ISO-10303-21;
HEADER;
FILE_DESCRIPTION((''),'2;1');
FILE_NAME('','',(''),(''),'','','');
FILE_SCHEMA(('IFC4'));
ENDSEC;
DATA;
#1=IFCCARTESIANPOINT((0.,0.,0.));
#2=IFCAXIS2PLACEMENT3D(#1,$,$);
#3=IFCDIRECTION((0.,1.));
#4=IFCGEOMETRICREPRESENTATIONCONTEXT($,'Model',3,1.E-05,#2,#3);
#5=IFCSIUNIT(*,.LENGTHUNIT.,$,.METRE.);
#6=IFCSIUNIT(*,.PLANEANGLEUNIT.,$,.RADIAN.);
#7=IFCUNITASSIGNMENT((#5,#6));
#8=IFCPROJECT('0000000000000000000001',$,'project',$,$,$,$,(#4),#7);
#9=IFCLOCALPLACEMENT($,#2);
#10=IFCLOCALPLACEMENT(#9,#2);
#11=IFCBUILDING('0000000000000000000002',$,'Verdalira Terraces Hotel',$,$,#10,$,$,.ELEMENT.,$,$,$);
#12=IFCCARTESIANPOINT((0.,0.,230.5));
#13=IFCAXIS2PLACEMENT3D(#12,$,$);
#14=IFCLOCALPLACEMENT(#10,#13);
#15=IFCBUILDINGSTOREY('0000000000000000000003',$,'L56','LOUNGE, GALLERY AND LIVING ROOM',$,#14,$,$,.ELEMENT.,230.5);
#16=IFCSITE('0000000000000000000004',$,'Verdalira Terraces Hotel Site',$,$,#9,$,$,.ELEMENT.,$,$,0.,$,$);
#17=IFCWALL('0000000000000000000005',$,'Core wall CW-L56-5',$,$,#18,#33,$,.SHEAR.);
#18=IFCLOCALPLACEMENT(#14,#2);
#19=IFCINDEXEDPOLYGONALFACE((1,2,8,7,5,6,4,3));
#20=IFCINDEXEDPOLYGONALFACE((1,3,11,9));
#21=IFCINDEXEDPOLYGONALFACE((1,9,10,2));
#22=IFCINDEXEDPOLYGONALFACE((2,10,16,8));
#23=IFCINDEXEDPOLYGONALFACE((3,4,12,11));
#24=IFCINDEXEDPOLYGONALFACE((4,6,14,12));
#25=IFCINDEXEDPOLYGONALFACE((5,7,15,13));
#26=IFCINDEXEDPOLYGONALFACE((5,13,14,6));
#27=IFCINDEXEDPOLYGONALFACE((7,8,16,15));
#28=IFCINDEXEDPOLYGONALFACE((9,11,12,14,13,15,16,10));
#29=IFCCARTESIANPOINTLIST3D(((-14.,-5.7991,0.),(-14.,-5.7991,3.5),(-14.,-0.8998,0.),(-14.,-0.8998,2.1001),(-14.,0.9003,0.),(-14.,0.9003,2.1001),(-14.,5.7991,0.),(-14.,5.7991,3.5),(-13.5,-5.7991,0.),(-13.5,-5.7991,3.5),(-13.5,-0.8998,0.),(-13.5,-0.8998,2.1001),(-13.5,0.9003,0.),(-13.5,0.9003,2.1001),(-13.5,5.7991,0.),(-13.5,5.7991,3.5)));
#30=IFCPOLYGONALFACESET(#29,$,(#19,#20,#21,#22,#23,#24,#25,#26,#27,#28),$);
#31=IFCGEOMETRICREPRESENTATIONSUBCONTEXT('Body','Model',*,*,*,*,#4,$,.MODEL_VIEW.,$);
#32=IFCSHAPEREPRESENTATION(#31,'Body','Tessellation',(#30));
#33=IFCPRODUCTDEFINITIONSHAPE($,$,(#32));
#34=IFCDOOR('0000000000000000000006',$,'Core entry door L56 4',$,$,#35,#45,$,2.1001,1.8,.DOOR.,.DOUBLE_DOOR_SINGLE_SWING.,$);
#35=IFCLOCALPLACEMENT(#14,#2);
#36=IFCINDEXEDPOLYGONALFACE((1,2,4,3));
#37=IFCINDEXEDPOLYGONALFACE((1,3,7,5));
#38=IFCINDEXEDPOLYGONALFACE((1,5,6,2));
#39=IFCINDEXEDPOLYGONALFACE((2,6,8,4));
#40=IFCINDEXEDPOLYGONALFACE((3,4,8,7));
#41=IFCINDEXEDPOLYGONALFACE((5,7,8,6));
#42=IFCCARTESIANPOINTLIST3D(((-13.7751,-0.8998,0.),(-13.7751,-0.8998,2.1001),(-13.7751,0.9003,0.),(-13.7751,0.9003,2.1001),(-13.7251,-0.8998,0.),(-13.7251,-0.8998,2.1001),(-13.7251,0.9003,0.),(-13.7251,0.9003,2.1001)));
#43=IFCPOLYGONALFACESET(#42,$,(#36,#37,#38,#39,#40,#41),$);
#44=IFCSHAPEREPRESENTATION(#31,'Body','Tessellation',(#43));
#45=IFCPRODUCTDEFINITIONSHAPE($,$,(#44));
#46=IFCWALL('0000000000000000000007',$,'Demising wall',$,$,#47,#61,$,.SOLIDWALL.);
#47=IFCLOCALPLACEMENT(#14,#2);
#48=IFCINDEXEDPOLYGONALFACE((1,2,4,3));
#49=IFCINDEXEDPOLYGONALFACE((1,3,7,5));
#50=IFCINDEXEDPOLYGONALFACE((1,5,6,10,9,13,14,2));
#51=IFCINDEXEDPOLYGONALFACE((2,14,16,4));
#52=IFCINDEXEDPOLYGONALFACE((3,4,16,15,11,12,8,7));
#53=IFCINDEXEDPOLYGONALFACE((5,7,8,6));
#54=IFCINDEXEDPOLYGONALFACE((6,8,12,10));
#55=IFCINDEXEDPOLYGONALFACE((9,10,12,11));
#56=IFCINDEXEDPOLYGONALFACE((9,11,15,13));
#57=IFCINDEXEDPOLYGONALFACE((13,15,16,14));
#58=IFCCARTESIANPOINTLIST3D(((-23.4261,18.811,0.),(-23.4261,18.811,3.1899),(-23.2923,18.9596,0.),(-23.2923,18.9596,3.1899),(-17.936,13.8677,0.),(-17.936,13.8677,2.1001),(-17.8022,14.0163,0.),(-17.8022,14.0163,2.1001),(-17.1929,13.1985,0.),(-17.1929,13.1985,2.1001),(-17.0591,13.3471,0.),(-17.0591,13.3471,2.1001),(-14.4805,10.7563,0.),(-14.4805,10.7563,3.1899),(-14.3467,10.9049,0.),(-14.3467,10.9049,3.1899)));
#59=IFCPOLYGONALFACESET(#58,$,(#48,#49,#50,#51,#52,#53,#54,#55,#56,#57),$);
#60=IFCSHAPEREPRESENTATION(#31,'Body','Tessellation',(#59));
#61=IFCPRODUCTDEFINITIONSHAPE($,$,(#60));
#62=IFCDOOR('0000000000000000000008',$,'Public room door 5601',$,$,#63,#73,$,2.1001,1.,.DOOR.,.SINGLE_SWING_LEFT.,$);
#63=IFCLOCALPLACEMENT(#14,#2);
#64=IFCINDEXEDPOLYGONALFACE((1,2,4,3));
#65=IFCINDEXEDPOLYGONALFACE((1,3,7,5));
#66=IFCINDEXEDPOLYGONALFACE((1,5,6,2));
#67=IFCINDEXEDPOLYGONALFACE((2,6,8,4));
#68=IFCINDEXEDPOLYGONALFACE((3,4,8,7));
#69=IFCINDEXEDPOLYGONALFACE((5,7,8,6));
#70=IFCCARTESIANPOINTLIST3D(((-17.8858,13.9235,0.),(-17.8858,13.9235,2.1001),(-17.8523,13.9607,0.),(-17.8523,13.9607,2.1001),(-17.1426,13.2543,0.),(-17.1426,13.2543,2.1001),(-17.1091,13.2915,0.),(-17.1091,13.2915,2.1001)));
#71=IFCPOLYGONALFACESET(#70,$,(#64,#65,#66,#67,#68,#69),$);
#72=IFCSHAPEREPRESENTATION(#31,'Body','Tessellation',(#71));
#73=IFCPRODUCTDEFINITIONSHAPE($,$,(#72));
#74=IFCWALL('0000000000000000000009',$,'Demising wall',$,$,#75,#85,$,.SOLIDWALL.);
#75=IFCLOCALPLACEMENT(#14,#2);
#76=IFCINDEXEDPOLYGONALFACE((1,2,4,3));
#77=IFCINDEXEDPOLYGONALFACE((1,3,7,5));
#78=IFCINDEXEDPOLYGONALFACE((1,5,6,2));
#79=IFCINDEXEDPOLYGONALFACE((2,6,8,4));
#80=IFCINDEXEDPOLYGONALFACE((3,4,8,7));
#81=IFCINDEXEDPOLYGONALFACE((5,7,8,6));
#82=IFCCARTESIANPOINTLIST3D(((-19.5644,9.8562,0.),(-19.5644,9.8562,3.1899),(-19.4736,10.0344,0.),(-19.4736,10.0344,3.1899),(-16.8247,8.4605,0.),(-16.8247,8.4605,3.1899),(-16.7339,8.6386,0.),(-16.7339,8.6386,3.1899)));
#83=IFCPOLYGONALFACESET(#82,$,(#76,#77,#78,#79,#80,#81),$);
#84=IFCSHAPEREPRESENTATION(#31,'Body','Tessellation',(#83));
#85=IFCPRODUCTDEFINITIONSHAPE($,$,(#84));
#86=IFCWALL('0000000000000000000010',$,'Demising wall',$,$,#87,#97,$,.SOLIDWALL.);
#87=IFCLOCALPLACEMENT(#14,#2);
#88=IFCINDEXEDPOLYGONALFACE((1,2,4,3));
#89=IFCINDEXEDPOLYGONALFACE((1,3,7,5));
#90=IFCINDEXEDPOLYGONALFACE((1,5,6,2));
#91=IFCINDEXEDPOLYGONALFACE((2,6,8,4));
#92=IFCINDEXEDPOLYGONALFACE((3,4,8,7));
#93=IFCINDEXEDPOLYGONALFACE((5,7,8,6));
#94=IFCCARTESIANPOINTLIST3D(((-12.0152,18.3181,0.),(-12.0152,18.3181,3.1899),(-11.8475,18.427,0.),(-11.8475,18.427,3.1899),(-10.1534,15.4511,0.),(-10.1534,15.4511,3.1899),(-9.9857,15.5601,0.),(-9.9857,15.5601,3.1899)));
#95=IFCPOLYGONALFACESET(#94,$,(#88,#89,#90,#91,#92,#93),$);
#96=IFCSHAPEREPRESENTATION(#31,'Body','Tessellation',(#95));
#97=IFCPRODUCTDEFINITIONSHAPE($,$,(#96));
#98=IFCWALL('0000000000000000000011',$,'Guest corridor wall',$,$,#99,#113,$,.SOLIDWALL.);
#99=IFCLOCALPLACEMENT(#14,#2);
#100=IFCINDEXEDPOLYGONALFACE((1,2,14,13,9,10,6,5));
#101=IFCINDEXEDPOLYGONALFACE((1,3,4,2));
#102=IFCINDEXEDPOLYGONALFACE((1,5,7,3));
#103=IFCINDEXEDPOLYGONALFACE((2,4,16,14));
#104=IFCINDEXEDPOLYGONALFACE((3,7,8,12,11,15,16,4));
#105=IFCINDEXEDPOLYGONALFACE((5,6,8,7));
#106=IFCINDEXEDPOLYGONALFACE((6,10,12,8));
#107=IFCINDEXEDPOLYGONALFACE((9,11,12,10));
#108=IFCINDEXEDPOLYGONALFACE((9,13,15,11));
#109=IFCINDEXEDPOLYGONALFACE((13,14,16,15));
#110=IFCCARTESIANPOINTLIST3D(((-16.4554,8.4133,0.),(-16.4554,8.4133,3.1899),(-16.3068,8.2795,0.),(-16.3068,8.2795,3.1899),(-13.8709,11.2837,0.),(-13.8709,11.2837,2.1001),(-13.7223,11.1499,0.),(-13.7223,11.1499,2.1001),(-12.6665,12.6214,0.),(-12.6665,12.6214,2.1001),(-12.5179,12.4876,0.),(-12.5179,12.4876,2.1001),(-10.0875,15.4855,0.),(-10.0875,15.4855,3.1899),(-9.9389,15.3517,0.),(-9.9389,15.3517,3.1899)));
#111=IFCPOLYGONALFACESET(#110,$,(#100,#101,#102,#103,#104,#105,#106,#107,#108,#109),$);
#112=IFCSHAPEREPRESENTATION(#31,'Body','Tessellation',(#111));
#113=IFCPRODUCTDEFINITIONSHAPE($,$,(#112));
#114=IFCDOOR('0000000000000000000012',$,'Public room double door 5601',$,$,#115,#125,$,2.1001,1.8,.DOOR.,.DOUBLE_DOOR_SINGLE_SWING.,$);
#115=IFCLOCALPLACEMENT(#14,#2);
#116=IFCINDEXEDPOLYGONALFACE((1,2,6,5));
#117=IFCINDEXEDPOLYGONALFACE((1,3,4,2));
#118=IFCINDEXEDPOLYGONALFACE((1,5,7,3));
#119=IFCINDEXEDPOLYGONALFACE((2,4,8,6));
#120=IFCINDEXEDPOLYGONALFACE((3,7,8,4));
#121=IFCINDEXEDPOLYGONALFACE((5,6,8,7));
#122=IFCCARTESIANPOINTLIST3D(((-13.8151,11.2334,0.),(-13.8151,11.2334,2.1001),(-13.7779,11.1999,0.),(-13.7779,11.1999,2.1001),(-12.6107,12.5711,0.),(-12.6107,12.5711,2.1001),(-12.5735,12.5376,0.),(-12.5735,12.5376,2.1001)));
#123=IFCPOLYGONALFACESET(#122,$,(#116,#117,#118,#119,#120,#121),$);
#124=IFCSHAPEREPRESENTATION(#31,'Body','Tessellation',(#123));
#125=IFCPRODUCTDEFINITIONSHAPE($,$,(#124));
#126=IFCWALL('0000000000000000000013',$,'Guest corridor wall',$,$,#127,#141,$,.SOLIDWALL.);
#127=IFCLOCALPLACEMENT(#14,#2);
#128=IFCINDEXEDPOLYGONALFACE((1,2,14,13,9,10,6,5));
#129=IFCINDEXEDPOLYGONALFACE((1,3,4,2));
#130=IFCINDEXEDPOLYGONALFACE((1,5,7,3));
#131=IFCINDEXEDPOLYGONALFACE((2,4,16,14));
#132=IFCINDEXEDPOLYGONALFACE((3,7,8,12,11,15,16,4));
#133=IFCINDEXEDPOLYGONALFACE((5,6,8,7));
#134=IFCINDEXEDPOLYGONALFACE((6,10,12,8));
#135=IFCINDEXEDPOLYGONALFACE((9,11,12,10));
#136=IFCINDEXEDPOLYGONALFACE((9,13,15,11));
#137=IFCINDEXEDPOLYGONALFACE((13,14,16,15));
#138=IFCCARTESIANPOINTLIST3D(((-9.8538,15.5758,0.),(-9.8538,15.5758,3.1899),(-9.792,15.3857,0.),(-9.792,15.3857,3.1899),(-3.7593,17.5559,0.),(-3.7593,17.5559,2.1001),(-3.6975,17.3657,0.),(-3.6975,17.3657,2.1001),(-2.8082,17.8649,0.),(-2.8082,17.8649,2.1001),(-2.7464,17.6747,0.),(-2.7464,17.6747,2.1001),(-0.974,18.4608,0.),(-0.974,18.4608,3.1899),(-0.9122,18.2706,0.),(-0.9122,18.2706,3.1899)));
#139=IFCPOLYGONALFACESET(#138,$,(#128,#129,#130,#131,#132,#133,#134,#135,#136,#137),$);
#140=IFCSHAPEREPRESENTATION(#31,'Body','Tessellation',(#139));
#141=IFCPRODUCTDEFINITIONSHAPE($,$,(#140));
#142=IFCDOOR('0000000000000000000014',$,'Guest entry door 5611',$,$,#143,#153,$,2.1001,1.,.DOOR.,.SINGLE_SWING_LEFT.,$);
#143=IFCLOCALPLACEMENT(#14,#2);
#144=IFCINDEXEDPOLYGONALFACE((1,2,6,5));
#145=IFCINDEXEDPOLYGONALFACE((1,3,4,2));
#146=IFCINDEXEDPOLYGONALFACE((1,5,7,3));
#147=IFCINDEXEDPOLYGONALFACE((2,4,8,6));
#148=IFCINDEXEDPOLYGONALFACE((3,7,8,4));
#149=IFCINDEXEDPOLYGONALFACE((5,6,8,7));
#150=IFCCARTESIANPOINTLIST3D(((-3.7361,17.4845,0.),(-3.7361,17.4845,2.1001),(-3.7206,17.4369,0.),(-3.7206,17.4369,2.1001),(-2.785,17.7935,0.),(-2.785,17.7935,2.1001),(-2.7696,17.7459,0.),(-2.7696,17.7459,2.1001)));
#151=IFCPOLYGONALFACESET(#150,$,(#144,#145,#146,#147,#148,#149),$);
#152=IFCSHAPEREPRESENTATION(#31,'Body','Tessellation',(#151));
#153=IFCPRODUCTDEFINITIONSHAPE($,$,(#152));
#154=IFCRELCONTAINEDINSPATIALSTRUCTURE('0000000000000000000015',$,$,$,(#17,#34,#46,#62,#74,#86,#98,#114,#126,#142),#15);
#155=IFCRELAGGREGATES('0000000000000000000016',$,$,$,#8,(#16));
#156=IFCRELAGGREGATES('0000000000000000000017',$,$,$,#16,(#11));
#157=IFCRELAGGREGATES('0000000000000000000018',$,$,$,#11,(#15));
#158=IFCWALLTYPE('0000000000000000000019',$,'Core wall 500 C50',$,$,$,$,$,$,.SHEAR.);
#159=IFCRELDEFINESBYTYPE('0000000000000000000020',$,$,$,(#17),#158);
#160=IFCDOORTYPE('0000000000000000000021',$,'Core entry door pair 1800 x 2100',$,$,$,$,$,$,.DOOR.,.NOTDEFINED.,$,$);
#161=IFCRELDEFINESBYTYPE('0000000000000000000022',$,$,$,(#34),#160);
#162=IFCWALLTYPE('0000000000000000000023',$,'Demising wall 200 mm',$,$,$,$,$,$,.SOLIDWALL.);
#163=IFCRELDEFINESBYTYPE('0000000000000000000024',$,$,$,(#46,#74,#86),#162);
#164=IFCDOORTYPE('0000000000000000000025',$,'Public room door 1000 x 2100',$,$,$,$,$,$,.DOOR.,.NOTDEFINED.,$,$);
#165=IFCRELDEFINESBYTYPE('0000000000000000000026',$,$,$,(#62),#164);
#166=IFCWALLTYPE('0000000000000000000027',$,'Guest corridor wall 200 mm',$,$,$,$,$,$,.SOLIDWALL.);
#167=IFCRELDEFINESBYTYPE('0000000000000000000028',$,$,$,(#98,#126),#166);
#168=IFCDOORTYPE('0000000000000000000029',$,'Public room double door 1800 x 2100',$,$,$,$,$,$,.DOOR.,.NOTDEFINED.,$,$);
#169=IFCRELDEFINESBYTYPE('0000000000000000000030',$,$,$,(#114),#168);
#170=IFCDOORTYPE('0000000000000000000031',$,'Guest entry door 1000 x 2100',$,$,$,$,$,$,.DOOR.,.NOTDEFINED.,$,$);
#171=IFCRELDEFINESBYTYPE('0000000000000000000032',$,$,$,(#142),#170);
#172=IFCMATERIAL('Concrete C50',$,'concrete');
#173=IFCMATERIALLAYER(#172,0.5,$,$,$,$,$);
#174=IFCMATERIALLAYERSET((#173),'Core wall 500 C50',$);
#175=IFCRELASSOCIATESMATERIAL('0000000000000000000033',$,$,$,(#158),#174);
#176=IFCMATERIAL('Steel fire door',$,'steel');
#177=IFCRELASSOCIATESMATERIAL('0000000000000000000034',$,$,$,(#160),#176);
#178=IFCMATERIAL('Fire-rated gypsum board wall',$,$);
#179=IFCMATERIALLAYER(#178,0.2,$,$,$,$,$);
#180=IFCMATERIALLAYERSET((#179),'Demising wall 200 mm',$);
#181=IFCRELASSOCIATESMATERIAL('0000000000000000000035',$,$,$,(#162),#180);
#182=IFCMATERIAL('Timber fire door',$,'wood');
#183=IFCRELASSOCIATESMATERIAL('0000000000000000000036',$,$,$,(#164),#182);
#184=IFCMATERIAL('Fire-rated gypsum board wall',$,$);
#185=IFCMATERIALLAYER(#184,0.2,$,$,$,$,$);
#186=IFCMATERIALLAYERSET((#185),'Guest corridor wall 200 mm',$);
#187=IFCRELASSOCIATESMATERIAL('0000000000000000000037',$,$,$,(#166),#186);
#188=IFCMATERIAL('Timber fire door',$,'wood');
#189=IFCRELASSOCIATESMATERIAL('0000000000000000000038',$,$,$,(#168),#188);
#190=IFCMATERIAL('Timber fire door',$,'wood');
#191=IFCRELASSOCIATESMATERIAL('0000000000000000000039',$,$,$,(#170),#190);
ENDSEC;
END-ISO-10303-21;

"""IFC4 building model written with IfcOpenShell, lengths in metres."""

from ifc_helpers import new_model, si_unit, direction, frame, frame_2d, origin, place, context, subcontext, project, spatial, rectangle, extrude, material, layer, layer_set, type_object, element, fill, save


model = new_model("IFC4")

# Units and contexts
model_context = context("Model", 3, precision=1e-05, world=origin(), true_north=direction((0.0, 1.0)))
body_context = subcontext(model_context, "Body", "Model", "MODEL_VIEW")
ifc_project = project(units=[si_unit("LENGTHUNIT", "METRE"), si_unit("PLANEANGLEUNIT", "RADIAN")], contexts=[model_context])

# Site, building, storey
site_placement = place(None, origin())
site = spatial("IfcSite", under=ifc_project, at=site_placement, Name="Verdalira Terraces Hotel Site", CompositionType="ELEMENT", RefElevation=0.0)
building_placement = place(site_placement, origin())
building = spatial("IfcBuilding", under=site, at=building_placement, Name="Verdalira Terraces Hotel", CompositionType="ELEMENT")
storey_placement = place(building_placement, frame((0.0, 0.0, 230.5)))
storey = spatial("IfcBuildingStorey", under=building, at=storey_placement, Name="L56", Description="LOUNGE, GALLERY AND LIVING ROOM", CompositionType="ELEMENT", Elevation=230.5)

# Walls, openings, doors
ifc_material_1 = material(Name="Concrete C50", Category="concrete")
ifc_layer_1 = layer(ifc_material_1, 0.5)
ifc_layer_set_1 = layer_set([ifc_layer_1], Name="Core wall 500 C50")
wall_type_1 = type_object("IfcWallType", Name="Core wall 500 C50", PredefinedType="SHEAR", material=ifc_layer_set_1)
wall_1_placement = place(storey_placement, frame((-13.75, 5.7991, 0.0), z_axis=(0.0, 0.0, 1.0), x_axis=(0.0, -1.0, 0.0)))
wall_1 = element("IfcWall", 1, at=wall_1_placement, inside=storey, type_object=wall_type_1, Name="Core wall CW-L56-5", PredefinedType="SHEAR", context=body_context, shape_type="SweptSolid", body=[
    extrude(rectangle(XDim=11.5981, YDim=0.5, at=frame_2d((5.7991, 0.0))), origin(), (0.0, 0.0, 1.0), 3.5),
])
opening_1_placement = place(wall_1_placement, frame((4.8989, 0.0, 0.0)))
opening_1 = element("IfcOpeningElement", 2, at=opening_1_placement, cuts=wall_1, PredefinedType="OPENING", context=body_context, shape_type="SweptSolid", body=[
    extrude(rectangle(XDim=1.8, YDim=2.1001, at=frame_2d((0.8999, 1.05))), frame((0.0, 0.26, 0.0), z_axis=(0.0, -1.0, 0.0), x_axis=(1.0, 0.0, 0.0)), (0.0, 0.0, 1.0), 0.52),
])
ifc_material_2 = material(Name="Steel fire door", Category="steel")
door_type_1 = type_object("IfcDoorType", Name="Core entry door pair 1800 x 2100", OperationType="NOTDEFINED", PredefinedType="DOOR", material=ifc_material_2)
door_1_placement = place(opening_1_placement, origin())
door_1 = element("IfcDoor", 3, at=door_1_placement, inside=storey, type_object=door_type_1, Name="Core entry door L56 4", OperationType="DOUBLE_DOOR_SINGLE_SWING", OverallHeight=2.1001, OverallWidth=1.8, PredefinedType="DOOR", context=body_context, shape_type="SweptSolid", body=[
    extrude(rectangle(XDim=1.8, YDim=2.1001, at=frame_2d((0.8999, 1.05))), frame((0.0, 0.0249, 0.0), z_axis=(0.0, -1.0, 0.0), x_axis=(1.0, 0.0, 0.0)), (0.0, 0.0, 1.0), 0.05),
])
fill(opening_1, door_1)
ifc_material_3 = material(Name="Fire-rated gypsum board wall")
ifc_layer_2 = layer(ifc_material_3, 0.2)
ifc_layer_set_2 = layer_set([ifc_layer_2], Name="Demising wall 200 mm")
wall_type_2 = type_object("IfcWallType", Name="Demising wall 200 mm", PredefinedType="SOLIDWALL", material=ifc_layer_set_2)
wall_2_placement = place(storey_placement, frame((-14.4136, 10.8306, 0.0), z_axis=(0.0, 0.0, 1.0), x_axis=(-0.743142, 0.669134, 0.0)))
wall_2 = element("IfcWall", 4, at=wall_2_placement, inside=storey, type_object=wall_type_2, Name="Demising wall", PredefinedType="SOLIDWALL", context=body_context, shape_type="SweptSolid", body=[
    extrude(rectangle(XDim=12.0376, YDim=0.2, at=frame_2d((6.0188, 0.0))), origin(), (0.0, 0.0, 1.0), 3.1899),
])
opening_2_placement = place(wall_2_placement, frame((3.6499, 0.0, 0.0)))
opening_2 = element("IfcOpeningElement", 5, at=opening_2_placement, cuts=wall_2, PredefinedType="OPENING", context=body_context, shape_type="SweptSolid", body=[
    extrude(rectangle(XDim=1.0, YDim=2.1001, at=frame_2d((0.5, 1.05))), frame((0.0, 0.1099, 0.0), z_axis=(0.0, -1.0, 0.0), x_axis=(1.0, 0.0, 0.0)), (0.0, 0.0, 1.0), 0.22),
])
ifc_material_4 = material(Name="Timber fire door", Category="wood")
door_type_2 = type_object("IfcDoorType", Name="Public room door 1000 x 2100", OperationType="NOTDEFINED", PredefinedType="DOOR", material=ifc_material_4)
door_2_placement = place(opening_2_placement, origin())
door_2 = element("IfcDoor", 6, at=door_2_placement, inside=storey, type_object=door_type_2, Name="Public room door 5601", OperationType="SINGLE_SWING_LEFT", OverallHeight=2.1001, OverallWidth=1.0, PredefinedType="DOOR", context=body_context, shape_type="SweptSolid", body=[
    extrude(rectangle(XDim=1.0, YDim=2.1001, at=frame_2d((0.5, 1.05))), frame((0.0, 0.0249, 0.0), z_axis=(0.0, -1.0, 0.0), x_axis=(1.0, 0.0, 0.0)), (0.0, 0.0, 1.0), 0.05),
])
fill(opening_2, door_2)

# Walls
wall_3_placement = place(storey_placement, frame((-16.7793, 8.5496, 0.0), z_axis=(0.0, 0.0, 1.0), x_axis=(-0.891035, 0.453934, 0.0)))
element("IfcWall", 7, at=wall_3_placement, inside=storey, type_object=wall_type_2, Name="Demising wall", PredefinedType="SOLIDWALL", context=body_context, shape_type="SweptSolid", body=[
    extrude(rectangle(XDim=3.0747, YDim=0.2, at=frame_2d((1.5374, 0.0))), origin(), (0.0, 0.0, 1.0), 3.1899),
])
wall_4_placement = place(storey_placement, frame((-11.9314, 18.3726, 0.0), z_axis=(0.0, 0.0, 1.0), x_axis=(0.544639, -0.83867, 0.0)))
element("IfcWall", 8, at=wall_4_placement, inside=storey, type_object=wall_type_2, Name="Demising wall", PredefinedType="SOLIDWALL", context=body_context, shape_type="SweptSolid", body=[
    extrude(rectangle(XDim=3.4185, YDim=0.2, at=frame_2d((1.7092, 0.0))), origin(), (0.0, 0.0, 1.0), 3.1899),
])

# Walls, openings, doors
ifc_material_5 = material(Name="Fire-rated gypsum board wall")
ifc_layer_3 = layer(ifc_material_5, 0.2)
ifc_layer_set_3 = layer_set([ifc_layer_3], Name="Guest corridor wall 200 mm")
wall_type_3 = type_object("IfcWallType", Name="Guest corridor wall 200 mm", PredefinedType="SOLIDWALL", material=ifc_layer_set_3)
wall_5_placement = place(storey_placement, frame((-16.3811, 8.3464, 0.0), z_axis=(0.0, 0.0, 1.0), x_axis=(0.669132, 0.743144, 0.0)))
wall_5 = element("IfcWall", 9, at=wall_5_placement, inside=storey, type_object=wall_type_3, Name="Guest corridor wall", PredefinedType="SOLIDWALL", context=body_context, shape_type="SweptSolid", body=[
    extrude(rectangle(XDim=9.5166, YDim=0.2, at=frame_2d((4.7583, 0.0))), origin(), (0.0, 0.0, 1.0), 3.1899),
])
opening_3_placement = place(wall_5_placement, frame((3.8625, 0.0, 0.0)))
opening_3 = element("IfcOpeningElement", 10, at=opening_3_placement, cuts=wall_5, PredefinedType="OPENING", context=body_context, shape_type="SweptSolid", body=[
    extrude(rectangle(XDim=1.8, YDim=2.1001, at=frame_2d((0.8999, 1.05))), frame((0.0, 0.1099, 0.0), z_axis=(0.0, -1.0, 0.0), x_axis=(1.0, 0.0, 0.0)), (0.0, 0.0, 1.0), 0.22),
])
ifc_material_6 = material(Name="Timber fire door", Category="wood")
door_type_3 = type_object("IfcDoorType", Name="Public room double door 1800 x 2100", OperationType="NOTDEFINED", PredefinedType="DOOR", material=ifc_material_6)
door_3_placement = place(opening_3_placement, origin())
door_3 = element("IfcDoor", 11, at=door_3_placement, inside=storey, type_object=door_type_3, Name="Public room double door 5601", OperationType="DOUBLE_DOOR_SINGLE_SWING", OverallHeight=2.1001, OverallWidth=1.8, PredefinedType="DOOR", context=body_context, shape_type="SweptSolid", body=[
    extrude(rectangle(XDim=1.8, YDim=2.1001, at=frame_2d((0.8999, 1.05))), frame((0.0, 0.0249, 0.0), z_axis=(0.0, -1.0, 0.0), x_axis=(1.0, 0.0, 0.0)), (0.0, 0.0, 1.0), 0.05),
])
fill(opening_3, door_3)
wall_6_placement = place(storey_placement, frame((-9.823, 15.4807, 0.0), z_axis=(0.0, 0.0, 1.0), x_axis=(0.951064, 0.308994, 0.0)))
wall_6 = element("IfcWall", 12, at=wall_6_placement, inside=storey, type_object=wall_type_3, Name="Guest corridor wall", PredefinedType="SOLIDWALL", context=body_context, shape_type="SweptSolid", body=[
    extrude(rectangle(XDim=9.3367, YDim=0.2, at=frame_2d((4.6685, 0.0))), origin(), (0.0, 0.0, 1.0), 3.1899),
])
opening_4_placement = place(wall_6_placement, frame((6.4082, 0.0, 0.0)))
opening_4 = element("IfcOpeningElement", 13, at=opening_4_placement, cuts=wall_6, PredefinedType="OPENING", context=body_context, shape_type="SweptSolid", body=[
    extrude(rectangle(XDim=1.0, YDim=2.1001, at=frame_2d((0.5, 1.05))), frame((0.0, 0.1099, 0.0), z_axis=(0.0, -1.0, 0.0), x_axis=(1.0, 0.0, 0.0)), (0.0, 0.0, 1.0), 0.22),
])
ifc_material_7 = material(Name="Timber fire door", Category="wood")
door_type_4 = type_object("IfcDoorType", Name="Guest entry door 1000 x 2100", OperationType="NOTDEFINED", PredefinedType="DOOR", material=ifc_material_7)
door_4_placement = place(opening_4_placement, origin())
door_4 = element("IfcDoor", 14, at=door_4_placement, inside=storey, type_object=door_type_4, Name="Guest entry door 5611", OperationType="SINGLE_SWING_LEFT", OverallHeight=2.1001, OverallWidth=1.0, PredefinedType="DOOR", context=body_context, shape_type="SweptSolid", body=[
    extrude(rectangle(XDim=1.0, YDim=2.1001, at=frame_2d((0.5, 1.05))), frame((0.0, 0.0249, 0.0), z_axis=(0.0, -1.0, 0.0), x_axis=(1.0, 0.0, 0.0)), (0.0, 0.0, 1.0), 0.05),
])
fill(opening_4, door_4)

save(model, "model.ifc")
